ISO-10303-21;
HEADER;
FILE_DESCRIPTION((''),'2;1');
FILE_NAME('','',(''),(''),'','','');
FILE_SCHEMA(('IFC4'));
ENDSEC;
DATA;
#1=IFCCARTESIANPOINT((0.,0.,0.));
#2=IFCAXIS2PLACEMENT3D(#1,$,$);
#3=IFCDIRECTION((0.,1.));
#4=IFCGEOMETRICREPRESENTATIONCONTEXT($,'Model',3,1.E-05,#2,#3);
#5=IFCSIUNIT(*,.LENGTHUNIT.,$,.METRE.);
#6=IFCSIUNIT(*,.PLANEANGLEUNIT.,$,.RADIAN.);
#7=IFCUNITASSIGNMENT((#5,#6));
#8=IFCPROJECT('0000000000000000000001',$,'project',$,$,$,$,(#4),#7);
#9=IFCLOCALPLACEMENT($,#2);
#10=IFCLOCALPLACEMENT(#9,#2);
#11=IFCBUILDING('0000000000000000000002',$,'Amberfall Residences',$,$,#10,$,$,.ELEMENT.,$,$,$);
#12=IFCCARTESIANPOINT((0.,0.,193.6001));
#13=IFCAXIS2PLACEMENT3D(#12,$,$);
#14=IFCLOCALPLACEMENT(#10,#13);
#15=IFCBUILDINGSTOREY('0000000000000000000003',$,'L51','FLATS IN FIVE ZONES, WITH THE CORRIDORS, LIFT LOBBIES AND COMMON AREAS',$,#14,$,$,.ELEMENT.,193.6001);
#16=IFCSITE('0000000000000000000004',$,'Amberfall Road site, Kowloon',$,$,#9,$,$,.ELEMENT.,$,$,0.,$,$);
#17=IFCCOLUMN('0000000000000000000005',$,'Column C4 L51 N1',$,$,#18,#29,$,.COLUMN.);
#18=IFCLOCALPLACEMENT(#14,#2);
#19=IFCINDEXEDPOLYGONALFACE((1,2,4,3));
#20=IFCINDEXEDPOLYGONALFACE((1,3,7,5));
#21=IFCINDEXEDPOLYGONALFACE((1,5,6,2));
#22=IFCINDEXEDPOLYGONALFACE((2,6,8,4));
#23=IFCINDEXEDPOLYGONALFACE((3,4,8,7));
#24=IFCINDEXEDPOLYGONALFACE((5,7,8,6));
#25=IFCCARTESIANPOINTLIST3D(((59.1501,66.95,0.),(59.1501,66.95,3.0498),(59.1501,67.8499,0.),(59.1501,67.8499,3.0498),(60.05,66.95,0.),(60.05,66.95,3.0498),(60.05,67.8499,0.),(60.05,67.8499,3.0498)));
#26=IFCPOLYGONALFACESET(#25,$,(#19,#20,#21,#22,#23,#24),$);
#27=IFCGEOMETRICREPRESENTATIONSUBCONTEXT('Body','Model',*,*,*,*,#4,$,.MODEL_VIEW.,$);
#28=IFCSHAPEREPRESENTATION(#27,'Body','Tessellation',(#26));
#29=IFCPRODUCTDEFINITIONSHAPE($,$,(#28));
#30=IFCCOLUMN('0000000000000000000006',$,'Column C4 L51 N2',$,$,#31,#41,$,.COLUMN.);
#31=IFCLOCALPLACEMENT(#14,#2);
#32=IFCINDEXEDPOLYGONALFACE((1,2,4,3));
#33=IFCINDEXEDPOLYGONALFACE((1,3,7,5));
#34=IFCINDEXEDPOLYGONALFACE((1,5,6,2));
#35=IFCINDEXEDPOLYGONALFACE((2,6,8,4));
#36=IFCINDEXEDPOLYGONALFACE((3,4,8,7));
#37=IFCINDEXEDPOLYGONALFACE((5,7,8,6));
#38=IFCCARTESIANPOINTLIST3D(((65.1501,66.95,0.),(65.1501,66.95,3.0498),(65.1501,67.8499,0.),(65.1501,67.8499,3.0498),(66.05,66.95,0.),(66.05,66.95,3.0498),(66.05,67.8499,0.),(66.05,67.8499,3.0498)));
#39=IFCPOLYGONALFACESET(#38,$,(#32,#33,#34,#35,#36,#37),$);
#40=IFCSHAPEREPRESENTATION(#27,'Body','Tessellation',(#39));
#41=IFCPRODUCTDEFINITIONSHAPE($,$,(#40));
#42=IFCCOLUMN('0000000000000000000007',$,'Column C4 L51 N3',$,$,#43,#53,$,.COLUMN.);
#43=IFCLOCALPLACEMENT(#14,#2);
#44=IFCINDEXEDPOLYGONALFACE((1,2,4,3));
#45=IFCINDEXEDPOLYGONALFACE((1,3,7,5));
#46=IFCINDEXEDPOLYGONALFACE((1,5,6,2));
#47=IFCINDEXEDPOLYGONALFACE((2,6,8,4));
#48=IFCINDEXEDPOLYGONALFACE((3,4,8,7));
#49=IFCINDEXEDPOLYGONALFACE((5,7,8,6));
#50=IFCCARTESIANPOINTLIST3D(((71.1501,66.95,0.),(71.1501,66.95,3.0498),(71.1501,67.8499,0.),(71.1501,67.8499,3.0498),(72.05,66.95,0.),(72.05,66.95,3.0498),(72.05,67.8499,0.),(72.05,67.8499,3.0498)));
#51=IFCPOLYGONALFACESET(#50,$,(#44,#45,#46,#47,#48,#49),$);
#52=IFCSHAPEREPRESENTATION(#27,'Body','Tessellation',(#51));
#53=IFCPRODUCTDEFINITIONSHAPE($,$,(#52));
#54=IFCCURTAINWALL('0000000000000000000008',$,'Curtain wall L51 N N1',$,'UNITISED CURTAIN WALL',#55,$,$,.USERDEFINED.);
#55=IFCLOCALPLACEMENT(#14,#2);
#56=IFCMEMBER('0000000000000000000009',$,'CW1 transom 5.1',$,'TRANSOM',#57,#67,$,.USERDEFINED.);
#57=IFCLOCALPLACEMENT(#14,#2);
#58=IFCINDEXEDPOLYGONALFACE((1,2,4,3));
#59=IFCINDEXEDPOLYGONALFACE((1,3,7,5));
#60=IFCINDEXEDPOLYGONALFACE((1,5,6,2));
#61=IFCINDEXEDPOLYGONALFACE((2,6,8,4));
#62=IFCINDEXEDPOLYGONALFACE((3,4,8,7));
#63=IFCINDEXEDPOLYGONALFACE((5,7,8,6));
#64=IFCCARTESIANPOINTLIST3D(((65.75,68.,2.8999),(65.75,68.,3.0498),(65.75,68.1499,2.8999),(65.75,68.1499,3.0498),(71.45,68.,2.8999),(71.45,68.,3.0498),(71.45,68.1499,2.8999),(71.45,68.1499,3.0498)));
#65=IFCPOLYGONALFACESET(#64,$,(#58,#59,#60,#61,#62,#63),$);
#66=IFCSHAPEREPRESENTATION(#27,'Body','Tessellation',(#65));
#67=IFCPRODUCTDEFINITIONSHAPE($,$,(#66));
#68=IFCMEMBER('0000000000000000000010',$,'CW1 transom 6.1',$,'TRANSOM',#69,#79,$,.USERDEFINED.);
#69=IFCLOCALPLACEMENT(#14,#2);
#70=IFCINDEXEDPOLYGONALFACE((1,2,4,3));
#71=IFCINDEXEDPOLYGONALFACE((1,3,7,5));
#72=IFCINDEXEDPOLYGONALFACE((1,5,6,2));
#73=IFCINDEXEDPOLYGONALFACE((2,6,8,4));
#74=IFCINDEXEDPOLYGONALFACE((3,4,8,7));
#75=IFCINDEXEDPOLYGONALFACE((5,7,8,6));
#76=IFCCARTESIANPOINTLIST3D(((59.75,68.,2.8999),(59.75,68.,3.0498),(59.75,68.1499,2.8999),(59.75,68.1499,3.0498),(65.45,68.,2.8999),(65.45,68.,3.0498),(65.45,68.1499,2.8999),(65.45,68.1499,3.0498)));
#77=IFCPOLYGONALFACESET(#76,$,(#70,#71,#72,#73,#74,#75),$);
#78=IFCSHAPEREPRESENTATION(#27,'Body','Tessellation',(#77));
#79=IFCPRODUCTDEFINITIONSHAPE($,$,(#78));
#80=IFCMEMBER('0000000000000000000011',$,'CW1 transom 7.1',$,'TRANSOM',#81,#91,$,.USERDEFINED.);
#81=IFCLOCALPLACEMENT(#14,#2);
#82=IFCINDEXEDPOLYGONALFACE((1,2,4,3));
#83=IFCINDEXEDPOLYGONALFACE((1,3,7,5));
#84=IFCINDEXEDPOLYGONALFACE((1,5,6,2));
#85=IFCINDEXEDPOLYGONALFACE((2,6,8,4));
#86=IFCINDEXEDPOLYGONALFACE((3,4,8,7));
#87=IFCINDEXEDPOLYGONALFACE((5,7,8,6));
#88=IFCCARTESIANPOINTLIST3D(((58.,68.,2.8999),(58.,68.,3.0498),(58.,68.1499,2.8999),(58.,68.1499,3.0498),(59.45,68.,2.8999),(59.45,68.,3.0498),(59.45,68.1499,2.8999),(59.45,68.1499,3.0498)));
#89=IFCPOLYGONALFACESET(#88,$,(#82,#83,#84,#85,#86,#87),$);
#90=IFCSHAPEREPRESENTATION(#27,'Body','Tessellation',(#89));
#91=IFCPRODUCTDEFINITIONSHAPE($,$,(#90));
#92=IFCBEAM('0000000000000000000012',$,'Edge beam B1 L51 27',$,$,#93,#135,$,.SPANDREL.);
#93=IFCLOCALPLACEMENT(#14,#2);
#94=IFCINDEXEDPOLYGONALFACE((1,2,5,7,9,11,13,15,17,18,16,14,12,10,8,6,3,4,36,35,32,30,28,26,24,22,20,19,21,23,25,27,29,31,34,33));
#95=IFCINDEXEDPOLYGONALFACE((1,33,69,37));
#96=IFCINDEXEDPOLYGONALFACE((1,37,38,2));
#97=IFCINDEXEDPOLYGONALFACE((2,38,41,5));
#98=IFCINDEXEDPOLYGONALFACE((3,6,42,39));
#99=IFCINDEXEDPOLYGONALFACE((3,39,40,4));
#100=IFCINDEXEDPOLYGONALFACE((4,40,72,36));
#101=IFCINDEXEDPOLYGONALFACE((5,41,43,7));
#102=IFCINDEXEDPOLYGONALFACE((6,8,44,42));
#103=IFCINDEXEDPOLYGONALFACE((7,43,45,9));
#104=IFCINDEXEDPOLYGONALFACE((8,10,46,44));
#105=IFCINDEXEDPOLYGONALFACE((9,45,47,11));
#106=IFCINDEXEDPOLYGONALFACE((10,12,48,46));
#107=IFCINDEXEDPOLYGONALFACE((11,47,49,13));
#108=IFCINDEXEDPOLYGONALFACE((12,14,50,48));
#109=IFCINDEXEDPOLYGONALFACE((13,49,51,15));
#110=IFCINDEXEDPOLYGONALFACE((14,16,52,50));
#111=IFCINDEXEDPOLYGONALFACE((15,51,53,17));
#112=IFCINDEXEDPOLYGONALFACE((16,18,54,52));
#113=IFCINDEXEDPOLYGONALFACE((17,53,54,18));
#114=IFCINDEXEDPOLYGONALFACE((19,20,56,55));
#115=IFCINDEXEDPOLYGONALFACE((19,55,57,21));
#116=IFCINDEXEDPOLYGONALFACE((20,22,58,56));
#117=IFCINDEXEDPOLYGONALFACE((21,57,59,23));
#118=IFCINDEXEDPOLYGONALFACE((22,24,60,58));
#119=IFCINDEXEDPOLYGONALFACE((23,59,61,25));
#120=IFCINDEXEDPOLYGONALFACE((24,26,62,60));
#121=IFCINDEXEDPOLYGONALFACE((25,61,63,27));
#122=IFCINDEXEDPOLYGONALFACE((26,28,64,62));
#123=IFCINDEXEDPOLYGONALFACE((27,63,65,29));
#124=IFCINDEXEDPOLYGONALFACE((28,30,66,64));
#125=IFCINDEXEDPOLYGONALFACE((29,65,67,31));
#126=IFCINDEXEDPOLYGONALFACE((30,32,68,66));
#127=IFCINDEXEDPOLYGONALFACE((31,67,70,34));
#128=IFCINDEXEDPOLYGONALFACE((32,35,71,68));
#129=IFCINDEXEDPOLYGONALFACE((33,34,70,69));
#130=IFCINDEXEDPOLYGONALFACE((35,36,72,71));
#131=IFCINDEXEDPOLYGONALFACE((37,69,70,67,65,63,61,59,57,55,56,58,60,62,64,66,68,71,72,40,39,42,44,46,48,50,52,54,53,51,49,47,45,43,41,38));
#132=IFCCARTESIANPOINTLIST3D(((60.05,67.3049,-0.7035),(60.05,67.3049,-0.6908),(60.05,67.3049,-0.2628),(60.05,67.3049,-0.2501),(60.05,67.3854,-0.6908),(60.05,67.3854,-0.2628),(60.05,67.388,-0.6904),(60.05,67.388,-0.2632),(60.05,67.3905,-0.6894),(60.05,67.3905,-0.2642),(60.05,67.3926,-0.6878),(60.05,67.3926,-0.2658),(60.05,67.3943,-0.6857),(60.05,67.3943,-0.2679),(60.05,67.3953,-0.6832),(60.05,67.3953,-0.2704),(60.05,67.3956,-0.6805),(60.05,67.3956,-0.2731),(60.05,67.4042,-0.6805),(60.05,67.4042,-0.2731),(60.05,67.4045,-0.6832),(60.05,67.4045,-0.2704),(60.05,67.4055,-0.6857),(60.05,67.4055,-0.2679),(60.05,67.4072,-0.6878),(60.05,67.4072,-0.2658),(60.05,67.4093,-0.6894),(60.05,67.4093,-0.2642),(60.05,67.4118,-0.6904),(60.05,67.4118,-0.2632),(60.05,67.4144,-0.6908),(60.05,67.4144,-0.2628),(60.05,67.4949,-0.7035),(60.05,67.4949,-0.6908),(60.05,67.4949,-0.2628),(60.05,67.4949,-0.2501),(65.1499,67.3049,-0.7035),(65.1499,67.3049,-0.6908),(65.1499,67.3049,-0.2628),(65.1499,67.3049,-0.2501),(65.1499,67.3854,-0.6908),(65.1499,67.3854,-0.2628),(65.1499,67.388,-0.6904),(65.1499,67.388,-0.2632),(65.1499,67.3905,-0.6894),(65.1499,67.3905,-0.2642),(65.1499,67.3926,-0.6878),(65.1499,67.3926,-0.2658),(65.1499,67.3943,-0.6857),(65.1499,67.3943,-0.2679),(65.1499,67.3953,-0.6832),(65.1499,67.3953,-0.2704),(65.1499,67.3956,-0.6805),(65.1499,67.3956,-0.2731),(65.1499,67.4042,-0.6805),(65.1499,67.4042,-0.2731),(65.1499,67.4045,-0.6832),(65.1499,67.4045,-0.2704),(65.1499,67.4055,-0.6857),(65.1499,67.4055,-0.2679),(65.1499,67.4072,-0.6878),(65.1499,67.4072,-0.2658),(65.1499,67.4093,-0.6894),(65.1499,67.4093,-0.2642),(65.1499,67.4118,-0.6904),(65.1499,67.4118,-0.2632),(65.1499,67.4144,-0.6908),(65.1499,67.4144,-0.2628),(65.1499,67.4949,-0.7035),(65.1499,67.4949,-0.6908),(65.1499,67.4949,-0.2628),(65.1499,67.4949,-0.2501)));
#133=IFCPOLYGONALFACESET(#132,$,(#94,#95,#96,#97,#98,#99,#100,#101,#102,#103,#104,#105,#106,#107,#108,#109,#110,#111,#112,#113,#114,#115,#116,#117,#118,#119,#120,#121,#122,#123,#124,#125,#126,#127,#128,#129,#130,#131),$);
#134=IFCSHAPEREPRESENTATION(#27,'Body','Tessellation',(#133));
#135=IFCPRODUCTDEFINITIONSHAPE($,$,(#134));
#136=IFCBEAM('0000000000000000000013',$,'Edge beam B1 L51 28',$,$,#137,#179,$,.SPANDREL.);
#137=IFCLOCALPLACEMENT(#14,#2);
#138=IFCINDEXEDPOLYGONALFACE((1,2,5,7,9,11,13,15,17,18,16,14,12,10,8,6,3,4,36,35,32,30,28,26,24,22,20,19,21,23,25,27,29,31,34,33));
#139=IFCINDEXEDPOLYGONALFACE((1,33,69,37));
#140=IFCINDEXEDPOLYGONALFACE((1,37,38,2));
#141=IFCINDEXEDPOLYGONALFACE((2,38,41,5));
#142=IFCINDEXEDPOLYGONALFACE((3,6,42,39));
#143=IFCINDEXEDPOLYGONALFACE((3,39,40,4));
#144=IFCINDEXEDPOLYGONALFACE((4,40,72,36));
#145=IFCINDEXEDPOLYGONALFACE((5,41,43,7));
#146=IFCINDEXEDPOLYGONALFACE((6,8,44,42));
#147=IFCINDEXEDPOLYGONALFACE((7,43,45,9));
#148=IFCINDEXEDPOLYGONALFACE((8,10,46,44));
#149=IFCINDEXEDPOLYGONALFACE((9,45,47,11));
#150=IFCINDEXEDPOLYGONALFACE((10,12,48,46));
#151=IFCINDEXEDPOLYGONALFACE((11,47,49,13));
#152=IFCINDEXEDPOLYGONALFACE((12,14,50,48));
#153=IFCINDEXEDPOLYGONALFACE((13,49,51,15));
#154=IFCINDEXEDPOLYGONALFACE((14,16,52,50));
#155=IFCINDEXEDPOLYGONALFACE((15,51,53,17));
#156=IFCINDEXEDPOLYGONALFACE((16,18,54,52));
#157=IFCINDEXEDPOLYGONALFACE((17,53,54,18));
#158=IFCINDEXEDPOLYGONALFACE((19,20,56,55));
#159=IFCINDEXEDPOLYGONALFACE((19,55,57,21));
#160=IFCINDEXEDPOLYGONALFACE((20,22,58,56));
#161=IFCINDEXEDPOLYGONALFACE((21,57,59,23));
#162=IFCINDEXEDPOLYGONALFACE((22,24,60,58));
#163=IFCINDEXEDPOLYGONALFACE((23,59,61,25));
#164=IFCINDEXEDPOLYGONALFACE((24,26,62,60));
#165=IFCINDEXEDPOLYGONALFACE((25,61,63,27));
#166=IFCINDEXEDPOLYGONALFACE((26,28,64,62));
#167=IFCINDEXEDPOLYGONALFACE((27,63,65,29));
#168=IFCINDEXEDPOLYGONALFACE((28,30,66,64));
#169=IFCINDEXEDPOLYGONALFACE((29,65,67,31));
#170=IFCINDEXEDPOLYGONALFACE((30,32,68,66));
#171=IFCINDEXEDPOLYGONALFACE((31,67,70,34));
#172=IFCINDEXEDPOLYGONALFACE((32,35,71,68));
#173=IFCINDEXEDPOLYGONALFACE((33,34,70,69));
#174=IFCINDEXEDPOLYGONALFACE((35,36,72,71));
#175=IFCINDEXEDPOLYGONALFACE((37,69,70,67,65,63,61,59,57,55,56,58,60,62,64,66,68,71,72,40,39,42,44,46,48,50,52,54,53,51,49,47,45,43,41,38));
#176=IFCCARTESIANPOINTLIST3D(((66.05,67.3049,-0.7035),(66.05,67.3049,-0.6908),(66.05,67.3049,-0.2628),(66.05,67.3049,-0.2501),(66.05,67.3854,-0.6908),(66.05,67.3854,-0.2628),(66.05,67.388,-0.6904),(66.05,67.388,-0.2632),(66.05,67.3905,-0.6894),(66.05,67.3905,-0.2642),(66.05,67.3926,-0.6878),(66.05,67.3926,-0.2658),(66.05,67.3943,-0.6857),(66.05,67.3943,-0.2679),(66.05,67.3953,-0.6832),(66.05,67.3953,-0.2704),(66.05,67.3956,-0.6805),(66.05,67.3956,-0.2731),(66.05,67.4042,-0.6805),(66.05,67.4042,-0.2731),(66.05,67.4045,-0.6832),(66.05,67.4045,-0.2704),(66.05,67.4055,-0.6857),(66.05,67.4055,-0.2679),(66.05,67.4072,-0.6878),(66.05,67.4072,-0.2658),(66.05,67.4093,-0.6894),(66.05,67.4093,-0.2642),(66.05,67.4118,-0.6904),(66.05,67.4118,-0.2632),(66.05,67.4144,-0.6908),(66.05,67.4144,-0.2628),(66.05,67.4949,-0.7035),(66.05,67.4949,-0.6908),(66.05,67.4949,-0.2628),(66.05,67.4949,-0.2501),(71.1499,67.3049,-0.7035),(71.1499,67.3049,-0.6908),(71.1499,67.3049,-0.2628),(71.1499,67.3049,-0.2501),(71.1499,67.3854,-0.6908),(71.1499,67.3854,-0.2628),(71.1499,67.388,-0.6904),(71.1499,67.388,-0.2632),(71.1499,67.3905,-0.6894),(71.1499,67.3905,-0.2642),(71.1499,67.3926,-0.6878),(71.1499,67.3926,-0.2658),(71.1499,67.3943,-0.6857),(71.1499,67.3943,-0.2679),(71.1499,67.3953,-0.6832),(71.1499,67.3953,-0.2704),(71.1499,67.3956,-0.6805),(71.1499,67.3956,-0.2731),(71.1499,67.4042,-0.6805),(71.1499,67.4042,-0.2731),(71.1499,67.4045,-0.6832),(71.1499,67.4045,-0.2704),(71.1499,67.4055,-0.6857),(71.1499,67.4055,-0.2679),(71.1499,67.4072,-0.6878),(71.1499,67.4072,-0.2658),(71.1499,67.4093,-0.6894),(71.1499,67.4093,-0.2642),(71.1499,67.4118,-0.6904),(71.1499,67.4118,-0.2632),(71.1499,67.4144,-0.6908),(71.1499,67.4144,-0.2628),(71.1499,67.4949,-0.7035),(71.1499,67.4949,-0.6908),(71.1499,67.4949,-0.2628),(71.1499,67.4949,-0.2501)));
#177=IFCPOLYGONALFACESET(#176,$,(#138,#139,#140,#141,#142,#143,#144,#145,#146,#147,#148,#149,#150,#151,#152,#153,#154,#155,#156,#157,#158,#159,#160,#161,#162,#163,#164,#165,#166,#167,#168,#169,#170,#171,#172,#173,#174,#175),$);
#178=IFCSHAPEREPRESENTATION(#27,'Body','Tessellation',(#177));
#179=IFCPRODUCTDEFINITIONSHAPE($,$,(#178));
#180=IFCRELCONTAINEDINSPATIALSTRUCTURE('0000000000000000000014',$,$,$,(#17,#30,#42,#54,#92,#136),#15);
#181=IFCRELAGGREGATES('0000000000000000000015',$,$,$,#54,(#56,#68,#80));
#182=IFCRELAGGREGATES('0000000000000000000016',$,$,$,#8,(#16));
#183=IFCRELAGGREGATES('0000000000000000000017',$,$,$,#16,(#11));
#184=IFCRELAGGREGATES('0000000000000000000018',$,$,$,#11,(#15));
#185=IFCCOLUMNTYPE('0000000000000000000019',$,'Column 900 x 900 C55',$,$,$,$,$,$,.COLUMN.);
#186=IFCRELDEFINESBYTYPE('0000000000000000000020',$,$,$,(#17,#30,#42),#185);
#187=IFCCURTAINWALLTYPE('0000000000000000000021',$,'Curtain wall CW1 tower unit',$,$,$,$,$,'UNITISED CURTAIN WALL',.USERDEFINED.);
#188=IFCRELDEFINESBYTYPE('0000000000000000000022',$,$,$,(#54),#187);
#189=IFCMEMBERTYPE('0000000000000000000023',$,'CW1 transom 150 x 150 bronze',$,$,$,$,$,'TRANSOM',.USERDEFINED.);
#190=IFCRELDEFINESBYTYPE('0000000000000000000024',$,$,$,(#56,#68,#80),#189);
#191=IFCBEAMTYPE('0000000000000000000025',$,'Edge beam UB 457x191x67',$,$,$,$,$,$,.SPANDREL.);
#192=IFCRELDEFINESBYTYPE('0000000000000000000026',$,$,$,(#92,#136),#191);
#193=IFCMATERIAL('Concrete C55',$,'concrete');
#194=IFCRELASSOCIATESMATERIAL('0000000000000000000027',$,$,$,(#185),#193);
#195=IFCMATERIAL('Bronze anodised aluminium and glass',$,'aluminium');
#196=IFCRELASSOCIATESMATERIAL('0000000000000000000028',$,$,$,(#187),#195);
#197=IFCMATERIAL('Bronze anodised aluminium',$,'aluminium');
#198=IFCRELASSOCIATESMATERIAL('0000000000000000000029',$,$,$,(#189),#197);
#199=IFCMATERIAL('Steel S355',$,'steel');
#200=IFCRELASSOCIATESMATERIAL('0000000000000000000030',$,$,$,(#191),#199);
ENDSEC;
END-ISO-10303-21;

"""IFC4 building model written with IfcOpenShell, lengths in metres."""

from ifc_helpers import new_model, si_unit, direction, frame, origin, origin_2d, place, context, subcontext, project, spatial, rectangle, i_section, extrude, material, material_profile, profile_set, type_object, element, aggregate, save


model = new_model("IFC4")

# Units and contexts
model_context = context("Model", 3, precision=1e-05, world=origin(), true_north=direction((0.0, 1.0)))
body_context = subcontext(model_context, "Body", "Model", "MODEL_VIEW")
ifc_project = project(units=[si_unit("LENGTHUNIT", "METRE"), si_unit("PLANEANGLEUNIT", "RADIAN")], contexts=[model_context])

# Site, building, storey
site_placement = place(None, origin())
site = spatial("IfcSite", under=ifc_project, at=site_placement, Name="Amberfall Road site, Kowloon", CompositionType="ELEMENT", RefElevation=0.0)
building_placement = place(site_placement, origin())
building = spatial("IfcBuilding", under=site, at=building_placement, Name="Amberfall Residences", CompositionType="ELEMENT")
storey_placement = place(building_placement, frame((0.0, 0.0, 193.6001)))
storey = spatial("IfcBuildingStorey", under=building, at=storey_placement, Name="L51", Description="FLATS IN FIVE ZONES, WITH THE CORRIDORS, LIFT LOBBIES AND COMMON AREAS", CompositionType="ELEMENT", Elevation=193.6001)

# Columns
ifc_material_1 = material(Name="Concrete C55", Category="concrete")
ifc_material_profile_1 = material_profile(ifc_material_1, rectangle(XDim=0.8999, YDim=0.8999, at=origin_2d()), Name="Column 900 x 900 C55")
ifc_profile_set_1 = profile_set([ifc_material_profile_1], Name="Concrete C55")
column_type = type_object("IfcColumnType", Name="Column 900 x 900 C55", PredefinedType="COLUMN", material=ifc_profile_set_1)
for number, where, z_axis, x_axis, name in (
    (1, (59.6001, 67.3999, 0.0), (0.0, 0.0, 1.0), (1.0, 0.0, 0.0), "Column C4 L51 N1"),
    (2, (65.6001, 67.3999, 0.0), (0.0, 0.0, 1.0), (1.0, 0.0, 0.0), "Column C4 L51 N2"),
    (3, (71.6001, 67.3999, 0.0), (0.0, 0.0, 1.0), (1.0, 0.0, 0.0), "Column C4 L51 N3"),
):
    element("IfcColumn", number, at=place(storey_placement, frame(where, z_axis=z_axis, x_axis=x_axis)), inside=storey, type_object=column_type, Name=name, PredefinedType="COLUMN", context=body_context, shape_type="SweptSolid", body=[
        extrude(rectangle(XDim=0.8999, YDim=0.8999, at=origin_2d()), origin(), (0.0, 0.0, 1.0), 3.0498),
    ])

# Curtain wall, members
ifc_material_2 = material(Name="Bronze anodised aluminium and glass", Category="aluminium")
curtain_wall_type = type_object("IfcCurtainWallType", Name="Curtain wall CW1 tower unit", ElementType="UNITISED CURTAIN WALL", PredefinedType="USERDEFINED", material=ifc_material_2)
curtain_wall_placement = place(storey_placement, origin())
curtain_wall = element("IfcCurtainWall", 4, at=curtain_wall_placement, inside=storey, type_object=curtain_wall_type, Name="Curtain wall L51 N N1", ObjectType="UNITISED CURTAIN WALL", PredefinedType="USERDEFINED")
ifc_material_3 = material(Name="Bronze anodised aluminium", Category="aluminium")
ifc_material_profile_2 = material_profile(ifc_material_3, rectangle(XDim=0.1499, YDim=0.1499, at=origin_2d()), Name="CW1 transom 150 x 150 bronze")
ifc_profile_set_2 = profile_set([ifc_material_profile_2], Name="Bronze anodised aluminium")
member_type_1 = type_object("IfcMemberType", Name="CW1 transom 150 x 150 bronze", ElementType="TRANSOM", PredefinedType="USERDEFINED", material=ifc_profile_set_2)
member_1_placement = place(storey_placement, frame((71.45, 68.075, 2.9749), z_axis=(-1.0, 0.0, 0.0), x_axis=(0.0, -1.0, 0.0)))
member_1 = element("IfcMember", 5, at=member_1_placement, type_object=member_type_1, Name="CW1 transom 5.1", ObjectType="TRANSOM", PredefinedType="USERDEFINED", context=body_context, shape_type="SweptSolid", body=[
    extrude(rectangle(XDim=0.1499, YDim=0.1499, at=origin_2d()), origin(), (0.0, 0.0, 1.0), 5.7),
])
member_2_placement = place(storey_placement, frame((65.45, 68.075, 2.9749), z_axis=(-1.0, 0.0, 0.0), x_axis=(0.0, -1.0, 0.0)))
member_2 = element("IfcMember", 6, at=member_2_placement, type_object=member_type_1, Name="CW1 transom 6.1", ObjectType="TRANSOM", PredefinedType="USERDEFINED", context=body_context, shape_type="SweptSolid", body=[
    extrude(rectangle(XDim=0.1499, YDim=0.1499, at=origin_2d()), origin(), (0.0, 0.0, 1.0), 5.7),
])
member_3_placement = place(storey_placement, frame((59.45, 68.075, 2.9749), z_axis=(-1.0, 0.0, 0.0), x_axis=(0.0, -1.0, 0.0)))
member_3 = element("IfcMember", 7, at=member_3_placement, type_object=member_type_1, Name="CW1 transom 7.1", ObjectType="TRANSOM", PredefinedType="USERDEFINED", context=body_context, shape_type="SweptSolid", body=[
    extrude(rectangle(XDim=0.1499, YDim=0.1499, at=origin_2d()), origin(), (0.0, 0.0, 1.0), 1.45),
])

# Beams
ifc_material_4 = material(Name="Steel S355", Category="steel")
ifc_material_profile_3 = material_profile(ifc_material_4, i_section(OverallWidth=0.1899, OverallDepth=0.4534, WebThickness=0.0085, FlangeThickness=0.0127, FilletRadius=0.0103, at=origin_2d()), Name="UB 457x191x67")
ifc_profile_set_3 = profile_set([ifc_material_profile_3], Name="Steel S355")
beam_type_1 = type_object("IfcBeamType", Name="Edge beam UB 457x191x67", PredefinedType="SPANDREL", material=ifc_profile_set_3)
for number, where, z_axis, x_axis, name in (
    (8, (60.05, 67.3999, -0.4768), (1.0, 0.0, 0.0), (0.0, 1.0, 0.0), "Edge beam B1 L51 27"),
    (9, (66.05, 67.3999, -0.4768), (1.0, 0.0, 0.0), (0.0, 1.0, 0.0), "Edge beam B1 L51 28"),
):
    element("IfcBeam", number, at=place(storey_placement, frame(where, z_axis=z_axis, x_axis=x_axis)), inside=storey, type_object=beam_type_1, Name=name, PredefinedType="SPANDREL", context=body_context, shape_type="SweptSolid", body=[
        extrude(i_section(OverallWidth=0.1899, OverallDepth=0.4534, WebThickness=0.0085, FlangeThickness=0.0127, FilletRadius=0.0103, at=origin_2d()), origin(), (0.0, 0.0, 1.0), 5.0999),
    ])

aggregate(curtain_wall, [member_1, member_2, member_3])

save(model, "model.ifc")
